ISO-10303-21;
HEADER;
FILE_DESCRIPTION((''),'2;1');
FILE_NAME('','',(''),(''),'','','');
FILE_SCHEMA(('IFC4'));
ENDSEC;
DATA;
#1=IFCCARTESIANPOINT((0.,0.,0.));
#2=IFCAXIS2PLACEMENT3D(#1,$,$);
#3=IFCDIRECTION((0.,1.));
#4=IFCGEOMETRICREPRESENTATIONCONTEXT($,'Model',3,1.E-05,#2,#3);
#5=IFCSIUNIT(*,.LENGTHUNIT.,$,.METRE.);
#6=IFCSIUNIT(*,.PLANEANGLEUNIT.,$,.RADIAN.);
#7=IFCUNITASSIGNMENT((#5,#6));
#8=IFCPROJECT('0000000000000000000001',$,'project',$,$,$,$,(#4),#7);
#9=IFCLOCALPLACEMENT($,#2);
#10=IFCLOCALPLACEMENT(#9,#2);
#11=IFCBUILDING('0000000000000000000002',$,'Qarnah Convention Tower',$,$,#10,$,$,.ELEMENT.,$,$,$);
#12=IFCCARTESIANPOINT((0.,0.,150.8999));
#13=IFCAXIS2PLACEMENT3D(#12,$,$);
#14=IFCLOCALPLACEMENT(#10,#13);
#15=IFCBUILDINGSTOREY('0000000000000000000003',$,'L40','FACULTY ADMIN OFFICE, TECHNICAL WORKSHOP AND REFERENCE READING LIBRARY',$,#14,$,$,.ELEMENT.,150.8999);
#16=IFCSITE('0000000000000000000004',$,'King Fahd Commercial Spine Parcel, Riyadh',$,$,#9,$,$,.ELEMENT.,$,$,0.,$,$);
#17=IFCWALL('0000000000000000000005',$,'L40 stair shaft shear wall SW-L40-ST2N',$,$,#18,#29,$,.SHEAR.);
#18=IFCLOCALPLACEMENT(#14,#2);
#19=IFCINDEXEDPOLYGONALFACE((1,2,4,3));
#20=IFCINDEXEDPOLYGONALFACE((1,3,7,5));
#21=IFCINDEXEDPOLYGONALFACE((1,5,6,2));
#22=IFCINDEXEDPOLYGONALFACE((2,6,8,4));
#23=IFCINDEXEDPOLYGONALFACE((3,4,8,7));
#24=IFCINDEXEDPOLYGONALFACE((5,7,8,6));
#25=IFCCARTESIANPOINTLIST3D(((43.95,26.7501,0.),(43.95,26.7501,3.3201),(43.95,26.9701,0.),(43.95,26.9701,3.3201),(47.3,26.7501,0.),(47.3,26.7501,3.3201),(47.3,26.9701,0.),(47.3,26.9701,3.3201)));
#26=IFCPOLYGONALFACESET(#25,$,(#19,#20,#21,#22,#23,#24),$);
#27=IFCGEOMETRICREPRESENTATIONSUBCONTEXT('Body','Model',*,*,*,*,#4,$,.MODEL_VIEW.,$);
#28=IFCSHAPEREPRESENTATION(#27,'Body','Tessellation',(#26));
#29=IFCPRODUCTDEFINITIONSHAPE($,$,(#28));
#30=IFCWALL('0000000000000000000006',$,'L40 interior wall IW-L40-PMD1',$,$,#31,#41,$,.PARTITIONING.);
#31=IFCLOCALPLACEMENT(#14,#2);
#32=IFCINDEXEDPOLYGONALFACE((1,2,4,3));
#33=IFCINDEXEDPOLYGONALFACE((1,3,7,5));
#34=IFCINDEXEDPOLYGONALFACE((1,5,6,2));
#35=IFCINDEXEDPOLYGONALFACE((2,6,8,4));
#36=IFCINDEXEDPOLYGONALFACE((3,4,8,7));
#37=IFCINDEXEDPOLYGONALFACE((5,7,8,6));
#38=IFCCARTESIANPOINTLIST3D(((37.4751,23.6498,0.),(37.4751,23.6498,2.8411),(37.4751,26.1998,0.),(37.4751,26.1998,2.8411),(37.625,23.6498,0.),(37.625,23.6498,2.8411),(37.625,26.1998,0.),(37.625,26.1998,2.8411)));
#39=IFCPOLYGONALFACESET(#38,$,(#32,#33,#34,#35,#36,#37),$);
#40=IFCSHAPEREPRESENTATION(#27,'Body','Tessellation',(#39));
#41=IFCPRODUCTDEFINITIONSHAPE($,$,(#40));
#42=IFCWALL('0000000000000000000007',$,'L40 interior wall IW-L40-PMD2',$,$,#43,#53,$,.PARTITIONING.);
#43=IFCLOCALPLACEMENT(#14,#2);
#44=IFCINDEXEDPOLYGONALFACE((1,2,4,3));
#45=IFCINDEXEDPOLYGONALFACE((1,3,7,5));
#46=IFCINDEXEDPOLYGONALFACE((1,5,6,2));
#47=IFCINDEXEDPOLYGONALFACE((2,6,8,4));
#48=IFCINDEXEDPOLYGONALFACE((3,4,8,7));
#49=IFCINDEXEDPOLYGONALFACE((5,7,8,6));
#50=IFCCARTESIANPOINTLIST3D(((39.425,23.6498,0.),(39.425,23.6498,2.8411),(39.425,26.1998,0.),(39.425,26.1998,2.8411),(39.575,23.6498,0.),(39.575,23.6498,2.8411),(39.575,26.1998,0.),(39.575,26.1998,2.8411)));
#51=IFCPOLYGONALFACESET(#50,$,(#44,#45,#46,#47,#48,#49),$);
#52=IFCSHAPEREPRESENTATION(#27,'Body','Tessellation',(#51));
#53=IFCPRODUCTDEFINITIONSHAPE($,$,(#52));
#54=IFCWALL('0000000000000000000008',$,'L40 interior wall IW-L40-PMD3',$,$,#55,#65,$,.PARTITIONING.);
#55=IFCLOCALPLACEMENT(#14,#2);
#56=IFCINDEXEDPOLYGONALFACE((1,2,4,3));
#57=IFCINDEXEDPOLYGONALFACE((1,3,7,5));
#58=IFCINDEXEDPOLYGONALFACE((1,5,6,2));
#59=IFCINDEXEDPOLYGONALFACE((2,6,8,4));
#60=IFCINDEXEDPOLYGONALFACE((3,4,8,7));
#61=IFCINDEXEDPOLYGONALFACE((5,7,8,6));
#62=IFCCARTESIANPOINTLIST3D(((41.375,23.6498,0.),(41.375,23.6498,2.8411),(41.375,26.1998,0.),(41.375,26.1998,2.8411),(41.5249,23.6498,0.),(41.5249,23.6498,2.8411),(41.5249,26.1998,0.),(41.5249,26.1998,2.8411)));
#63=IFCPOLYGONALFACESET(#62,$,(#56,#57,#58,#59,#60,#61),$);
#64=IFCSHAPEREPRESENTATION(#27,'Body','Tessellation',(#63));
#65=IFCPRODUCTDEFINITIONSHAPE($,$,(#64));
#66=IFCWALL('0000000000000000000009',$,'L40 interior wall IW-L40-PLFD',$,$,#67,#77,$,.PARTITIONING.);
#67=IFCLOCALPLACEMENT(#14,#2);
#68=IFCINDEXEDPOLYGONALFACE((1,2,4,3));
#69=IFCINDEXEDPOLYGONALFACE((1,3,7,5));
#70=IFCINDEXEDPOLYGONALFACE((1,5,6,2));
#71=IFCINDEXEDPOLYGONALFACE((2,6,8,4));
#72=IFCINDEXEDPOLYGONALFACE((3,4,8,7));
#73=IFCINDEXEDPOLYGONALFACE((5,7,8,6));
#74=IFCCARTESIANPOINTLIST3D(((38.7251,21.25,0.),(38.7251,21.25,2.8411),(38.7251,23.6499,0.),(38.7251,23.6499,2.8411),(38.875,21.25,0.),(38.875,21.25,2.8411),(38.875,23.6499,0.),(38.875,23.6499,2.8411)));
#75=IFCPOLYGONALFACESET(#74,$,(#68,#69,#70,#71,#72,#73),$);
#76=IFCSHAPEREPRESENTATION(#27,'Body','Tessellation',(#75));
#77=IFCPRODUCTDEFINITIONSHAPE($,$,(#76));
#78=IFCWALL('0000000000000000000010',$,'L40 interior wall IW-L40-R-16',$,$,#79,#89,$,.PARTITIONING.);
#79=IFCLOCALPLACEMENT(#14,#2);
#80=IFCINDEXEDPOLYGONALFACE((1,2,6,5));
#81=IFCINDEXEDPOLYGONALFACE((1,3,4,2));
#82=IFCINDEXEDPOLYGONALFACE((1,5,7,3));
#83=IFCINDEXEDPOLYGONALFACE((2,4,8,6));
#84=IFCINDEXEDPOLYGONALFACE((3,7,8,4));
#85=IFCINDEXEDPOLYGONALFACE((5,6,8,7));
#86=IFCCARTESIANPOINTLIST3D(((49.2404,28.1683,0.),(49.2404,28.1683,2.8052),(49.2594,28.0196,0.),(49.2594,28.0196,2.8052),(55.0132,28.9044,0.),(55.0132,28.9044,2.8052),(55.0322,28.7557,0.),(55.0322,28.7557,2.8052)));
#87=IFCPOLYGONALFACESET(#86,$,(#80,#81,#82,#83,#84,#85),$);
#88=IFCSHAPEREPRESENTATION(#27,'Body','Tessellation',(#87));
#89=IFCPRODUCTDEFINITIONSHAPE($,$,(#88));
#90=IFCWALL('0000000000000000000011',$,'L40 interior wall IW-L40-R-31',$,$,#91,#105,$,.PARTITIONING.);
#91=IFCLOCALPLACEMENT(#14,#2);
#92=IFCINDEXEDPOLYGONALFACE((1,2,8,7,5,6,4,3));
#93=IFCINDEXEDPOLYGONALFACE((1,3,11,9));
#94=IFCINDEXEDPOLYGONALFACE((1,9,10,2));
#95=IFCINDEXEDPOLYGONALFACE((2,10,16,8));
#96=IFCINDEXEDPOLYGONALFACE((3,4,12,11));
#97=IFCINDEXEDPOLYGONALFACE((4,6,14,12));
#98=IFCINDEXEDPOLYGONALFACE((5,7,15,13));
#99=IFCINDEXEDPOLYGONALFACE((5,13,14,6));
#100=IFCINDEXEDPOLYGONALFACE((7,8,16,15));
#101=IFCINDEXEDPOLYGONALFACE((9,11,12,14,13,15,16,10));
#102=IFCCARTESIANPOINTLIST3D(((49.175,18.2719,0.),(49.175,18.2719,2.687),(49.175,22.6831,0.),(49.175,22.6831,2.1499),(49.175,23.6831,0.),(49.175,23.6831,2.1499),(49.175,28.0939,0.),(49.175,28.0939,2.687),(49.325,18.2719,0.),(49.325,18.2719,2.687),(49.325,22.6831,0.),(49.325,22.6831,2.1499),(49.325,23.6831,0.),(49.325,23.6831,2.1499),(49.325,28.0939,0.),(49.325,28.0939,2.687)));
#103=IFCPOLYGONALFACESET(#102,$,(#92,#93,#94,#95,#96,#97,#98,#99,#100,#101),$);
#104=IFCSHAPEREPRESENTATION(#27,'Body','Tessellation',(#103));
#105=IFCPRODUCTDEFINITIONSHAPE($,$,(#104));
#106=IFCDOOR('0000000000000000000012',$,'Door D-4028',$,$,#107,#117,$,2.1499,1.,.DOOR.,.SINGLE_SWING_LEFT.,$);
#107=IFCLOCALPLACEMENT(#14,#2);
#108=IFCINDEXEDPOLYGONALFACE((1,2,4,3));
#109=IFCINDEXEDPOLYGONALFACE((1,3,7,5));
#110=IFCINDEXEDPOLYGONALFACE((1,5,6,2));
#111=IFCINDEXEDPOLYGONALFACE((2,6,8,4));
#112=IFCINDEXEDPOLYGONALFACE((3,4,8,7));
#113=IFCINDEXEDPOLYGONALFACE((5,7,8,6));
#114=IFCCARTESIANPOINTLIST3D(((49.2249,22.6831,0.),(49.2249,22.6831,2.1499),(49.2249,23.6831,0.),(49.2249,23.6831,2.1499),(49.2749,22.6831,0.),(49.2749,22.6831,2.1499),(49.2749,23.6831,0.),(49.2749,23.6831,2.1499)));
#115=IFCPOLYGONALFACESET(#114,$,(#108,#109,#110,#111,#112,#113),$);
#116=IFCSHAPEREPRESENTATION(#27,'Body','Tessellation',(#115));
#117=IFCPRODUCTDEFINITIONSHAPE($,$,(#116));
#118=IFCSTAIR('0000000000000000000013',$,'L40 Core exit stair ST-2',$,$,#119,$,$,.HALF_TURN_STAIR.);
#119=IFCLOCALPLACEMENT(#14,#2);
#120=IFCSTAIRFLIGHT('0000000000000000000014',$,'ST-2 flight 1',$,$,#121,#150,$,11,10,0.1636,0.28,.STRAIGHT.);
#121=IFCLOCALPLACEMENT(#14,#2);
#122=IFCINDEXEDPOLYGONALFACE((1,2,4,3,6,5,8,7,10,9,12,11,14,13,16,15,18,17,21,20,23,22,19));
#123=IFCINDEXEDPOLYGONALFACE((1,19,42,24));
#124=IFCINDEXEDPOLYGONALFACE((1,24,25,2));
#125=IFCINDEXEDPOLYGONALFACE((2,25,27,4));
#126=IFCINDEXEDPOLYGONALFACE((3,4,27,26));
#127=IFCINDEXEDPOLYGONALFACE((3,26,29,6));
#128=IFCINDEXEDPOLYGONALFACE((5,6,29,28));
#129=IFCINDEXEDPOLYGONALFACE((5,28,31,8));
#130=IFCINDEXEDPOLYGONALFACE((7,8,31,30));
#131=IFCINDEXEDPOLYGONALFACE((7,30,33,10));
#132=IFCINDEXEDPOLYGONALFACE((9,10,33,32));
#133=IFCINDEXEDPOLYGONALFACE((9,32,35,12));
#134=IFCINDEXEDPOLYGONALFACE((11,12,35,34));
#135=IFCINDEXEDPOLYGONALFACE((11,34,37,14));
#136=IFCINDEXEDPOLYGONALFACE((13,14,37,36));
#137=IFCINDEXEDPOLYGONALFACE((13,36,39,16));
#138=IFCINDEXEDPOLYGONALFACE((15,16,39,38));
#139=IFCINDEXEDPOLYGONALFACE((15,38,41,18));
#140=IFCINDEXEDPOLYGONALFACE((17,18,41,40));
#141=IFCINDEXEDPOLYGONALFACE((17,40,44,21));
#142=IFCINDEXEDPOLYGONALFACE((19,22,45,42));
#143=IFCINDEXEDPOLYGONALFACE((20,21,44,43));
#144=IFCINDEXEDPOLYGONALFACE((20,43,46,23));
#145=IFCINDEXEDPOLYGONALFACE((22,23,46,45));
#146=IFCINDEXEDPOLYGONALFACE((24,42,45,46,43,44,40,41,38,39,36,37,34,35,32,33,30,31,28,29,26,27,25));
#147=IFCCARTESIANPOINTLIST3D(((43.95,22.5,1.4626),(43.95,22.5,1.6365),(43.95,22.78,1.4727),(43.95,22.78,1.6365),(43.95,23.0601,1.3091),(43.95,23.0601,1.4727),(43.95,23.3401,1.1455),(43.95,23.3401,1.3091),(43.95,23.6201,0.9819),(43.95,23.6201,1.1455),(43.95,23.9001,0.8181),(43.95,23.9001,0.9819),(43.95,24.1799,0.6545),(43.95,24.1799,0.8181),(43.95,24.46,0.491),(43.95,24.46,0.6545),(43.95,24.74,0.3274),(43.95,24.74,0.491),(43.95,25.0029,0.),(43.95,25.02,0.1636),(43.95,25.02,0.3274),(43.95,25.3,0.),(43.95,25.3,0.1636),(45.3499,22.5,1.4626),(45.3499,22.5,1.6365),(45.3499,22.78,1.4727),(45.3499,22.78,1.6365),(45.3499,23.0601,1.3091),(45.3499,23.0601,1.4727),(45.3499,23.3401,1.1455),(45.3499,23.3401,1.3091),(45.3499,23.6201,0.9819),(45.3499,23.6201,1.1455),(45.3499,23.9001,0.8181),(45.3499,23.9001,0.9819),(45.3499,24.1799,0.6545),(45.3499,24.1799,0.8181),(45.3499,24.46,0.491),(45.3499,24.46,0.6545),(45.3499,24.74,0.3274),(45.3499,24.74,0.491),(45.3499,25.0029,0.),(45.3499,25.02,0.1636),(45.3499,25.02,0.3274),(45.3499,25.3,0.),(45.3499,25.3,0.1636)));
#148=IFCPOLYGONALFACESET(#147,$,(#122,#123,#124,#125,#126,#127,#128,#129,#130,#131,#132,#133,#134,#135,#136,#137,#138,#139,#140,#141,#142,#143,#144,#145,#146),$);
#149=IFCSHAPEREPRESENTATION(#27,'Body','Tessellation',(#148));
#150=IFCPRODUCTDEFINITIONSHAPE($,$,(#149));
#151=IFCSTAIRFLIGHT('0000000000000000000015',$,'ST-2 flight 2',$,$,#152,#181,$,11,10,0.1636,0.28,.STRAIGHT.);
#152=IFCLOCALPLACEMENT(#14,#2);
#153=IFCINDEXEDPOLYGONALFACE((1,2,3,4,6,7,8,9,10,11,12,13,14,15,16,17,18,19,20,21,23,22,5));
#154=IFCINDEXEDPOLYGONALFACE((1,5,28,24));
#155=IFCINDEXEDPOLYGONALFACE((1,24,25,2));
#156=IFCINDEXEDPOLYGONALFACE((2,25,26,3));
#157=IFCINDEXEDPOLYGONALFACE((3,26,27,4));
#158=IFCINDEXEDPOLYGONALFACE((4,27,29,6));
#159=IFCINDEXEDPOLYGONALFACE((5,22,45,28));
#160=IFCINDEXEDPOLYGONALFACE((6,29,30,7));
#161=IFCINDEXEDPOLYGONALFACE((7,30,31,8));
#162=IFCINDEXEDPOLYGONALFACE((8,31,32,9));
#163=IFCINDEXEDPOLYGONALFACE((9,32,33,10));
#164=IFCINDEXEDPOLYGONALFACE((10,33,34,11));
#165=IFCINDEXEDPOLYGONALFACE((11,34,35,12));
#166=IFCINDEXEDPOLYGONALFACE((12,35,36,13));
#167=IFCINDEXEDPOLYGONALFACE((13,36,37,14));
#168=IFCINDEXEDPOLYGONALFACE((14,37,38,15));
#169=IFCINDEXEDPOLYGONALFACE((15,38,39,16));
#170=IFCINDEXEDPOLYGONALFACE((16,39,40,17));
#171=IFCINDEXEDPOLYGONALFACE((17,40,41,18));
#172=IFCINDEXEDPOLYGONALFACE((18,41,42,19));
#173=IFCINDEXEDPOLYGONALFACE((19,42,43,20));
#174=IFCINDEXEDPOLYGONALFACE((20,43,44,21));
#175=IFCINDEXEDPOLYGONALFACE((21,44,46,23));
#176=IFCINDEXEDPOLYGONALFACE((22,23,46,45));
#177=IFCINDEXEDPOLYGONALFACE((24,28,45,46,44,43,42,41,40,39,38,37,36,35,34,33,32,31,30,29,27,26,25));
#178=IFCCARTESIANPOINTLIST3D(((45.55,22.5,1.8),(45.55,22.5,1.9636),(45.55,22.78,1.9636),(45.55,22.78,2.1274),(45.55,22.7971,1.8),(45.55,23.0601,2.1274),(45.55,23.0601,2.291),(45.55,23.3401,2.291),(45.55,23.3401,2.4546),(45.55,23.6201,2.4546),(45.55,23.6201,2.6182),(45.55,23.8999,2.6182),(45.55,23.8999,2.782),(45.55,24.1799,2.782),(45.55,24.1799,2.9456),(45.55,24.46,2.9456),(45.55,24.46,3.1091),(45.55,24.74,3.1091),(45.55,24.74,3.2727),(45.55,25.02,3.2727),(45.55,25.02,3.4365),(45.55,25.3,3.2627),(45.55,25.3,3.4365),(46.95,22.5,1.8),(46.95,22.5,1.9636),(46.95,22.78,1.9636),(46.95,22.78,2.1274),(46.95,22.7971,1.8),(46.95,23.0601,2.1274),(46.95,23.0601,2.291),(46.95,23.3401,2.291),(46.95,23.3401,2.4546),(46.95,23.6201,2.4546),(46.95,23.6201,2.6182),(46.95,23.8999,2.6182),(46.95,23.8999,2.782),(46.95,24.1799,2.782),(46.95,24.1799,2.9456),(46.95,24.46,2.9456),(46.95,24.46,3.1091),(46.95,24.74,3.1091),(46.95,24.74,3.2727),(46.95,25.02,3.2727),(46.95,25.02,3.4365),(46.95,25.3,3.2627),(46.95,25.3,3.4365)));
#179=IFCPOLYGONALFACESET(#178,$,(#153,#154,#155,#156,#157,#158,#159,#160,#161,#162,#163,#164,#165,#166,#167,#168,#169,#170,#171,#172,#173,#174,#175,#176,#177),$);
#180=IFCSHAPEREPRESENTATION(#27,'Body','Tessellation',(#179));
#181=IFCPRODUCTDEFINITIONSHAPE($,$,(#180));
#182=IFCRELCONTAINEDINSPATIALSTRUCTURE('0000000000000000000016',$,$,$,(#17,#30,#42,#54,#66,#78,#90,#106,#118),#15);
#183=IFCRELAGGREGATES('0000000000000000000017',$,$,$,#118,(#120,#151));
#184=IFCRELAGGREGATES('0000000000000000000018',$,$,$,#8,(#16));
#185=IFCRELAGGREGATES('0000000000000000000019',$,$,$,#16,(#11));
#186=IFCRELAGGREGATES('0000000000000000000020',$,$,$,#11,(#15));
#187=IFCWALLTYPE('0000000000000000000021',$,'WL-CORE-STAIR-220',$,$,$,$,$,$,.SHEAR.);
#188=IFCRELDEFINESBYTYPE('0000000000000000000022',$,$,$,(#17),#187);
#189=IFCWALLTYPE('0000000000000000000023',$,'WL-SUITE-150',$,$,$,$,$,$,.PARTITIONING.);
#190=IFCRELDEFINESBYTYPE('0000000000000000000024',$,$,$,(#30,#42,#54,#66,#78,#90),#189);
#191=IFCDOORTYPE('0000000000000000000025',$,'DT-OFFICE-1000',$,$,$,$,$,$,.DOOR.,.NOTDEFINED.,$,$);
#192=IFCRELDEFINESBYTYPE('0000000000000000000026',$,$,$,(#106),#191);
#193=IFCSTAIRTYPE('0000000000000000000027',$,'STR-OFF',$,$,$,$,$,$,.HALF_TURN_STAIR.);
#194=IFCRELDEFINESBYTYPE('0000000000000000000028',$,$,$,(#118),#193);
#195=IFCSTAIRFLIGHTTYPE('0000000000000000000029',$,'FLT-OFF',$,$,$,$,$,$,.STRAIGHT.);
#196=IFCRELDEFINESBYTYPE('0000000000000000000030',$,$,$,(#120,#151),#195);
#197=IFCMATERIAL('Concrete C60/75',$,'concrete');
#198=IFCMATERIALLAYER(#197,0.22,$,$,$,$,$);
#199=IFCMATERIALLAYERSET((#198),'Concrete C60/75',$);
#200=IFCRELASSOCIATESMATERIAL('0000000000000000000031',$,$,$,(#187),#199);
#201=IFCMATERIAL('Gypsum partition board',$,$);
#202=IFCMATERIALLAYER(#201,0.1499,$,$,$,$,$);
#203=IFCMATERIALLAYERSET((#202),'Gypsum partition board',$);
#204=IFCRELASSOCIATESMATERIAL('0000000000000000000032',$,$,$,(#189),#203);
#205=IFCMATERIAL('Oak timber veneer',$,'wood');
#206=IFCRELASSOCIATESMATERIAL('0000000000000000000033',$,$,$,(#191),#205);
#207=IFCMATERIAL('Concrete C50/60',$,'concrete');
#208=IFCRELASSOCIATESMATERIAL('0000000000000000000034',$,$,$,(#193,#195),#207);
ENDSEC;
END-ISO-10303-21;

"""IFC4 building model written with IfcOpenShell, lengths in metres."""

from ifc_helpers import new_model, si_unit, direction, frame, frame_2d, origin, place, context, subcontext, project, spatial, polyline, rectangle, outline, extrude, material, layer, layer_set, type_object, element, fill, aggregate, save


model = new_model("IFC4")

# Units and contexts
model_context = context("Model", 3, precision=1e-05, world=origin(), true_north=direction((0.0, 1.0)))
body_context = subcontext(model_context, "Body", "Model", "MODEL_VIEW")
ifc_project = project(units=[si_unit("LENGTHUNIT", "METRE"), si_unit("PLANEANGLEUNIT", "RADIAN")], contexts=[model_context])

# Site, building, storey
site_placement = place(None, origin())
site = spatial("IfcSite", under=ifc_project, at=site_placement, Name="King Fahd Commercial Spine Parcel, Riyadh", CompositionType="ELEMENT", RefElevation=0.0)
building_placement = place(site_placement, origin())
building = spatial("IfcBuilding", under=site, at=building_placement, Name="Qarnah Convention Tower", CompositionType="ELEMENT")
storey_placement = place(building_placement, frame((0.0, 0.0, 150.8999)))
storey = spatial("IfcBuildingStorey", under=building, at=storey_placement, Name="L40", Description="FACULTY ADMIN OFFICE, TECHNICAL WORKSHOP AND REFERENCE READING LIBRARY", CompositionType="ELEMENT", Elevation=150.8999)

# Shared definitions
ifc_material_1 = material(Name="Concrete C60/75", Category="concrete")

# Walls
ifc_layer_1 = layer(ifc_material_1, 0.22)
ifc_layer_set_1 = layer_set([ifc_layer_1], Name="Concrete C60/75")
wall_type_1 = type_object("IfcWallType", Name="WL-CORE-STAIR-220", PredefinedType="SHEAR", material=ifc_layer_set_1)
wall_1_placement = place(storey_placement, frame((43.95, 26.8601, 0.0), z_axis=(0.0, 0.0, 1.0), x_axis=(1.0, 0.0, 0.0)))
element("IfcWall", 1, at=wall_1_placement, inside=storey, type_object=wall_type_1, Name="L40 stair shaft shear wall SW-L40-ST2N", PredefinedType="SHEAR", context=body_context, shape_type="SweptSolid", body=[
    extrude(rectangle(XDim=3.3501, YDim=0.22, at=frame_2d((1.675, 0.0))), origin(), (0.0, 0.0, 1.0), 3.3201),
])
ifc_material_2 = material(Name="Gypsum partition board")
ifc_layer_2 = layer(ifc_material_2, 0.1499)
ifc_layer_set_2 = layer_set([ifc_layer_2], Name="Gypsum partition board")
wall_type_2 = type_object("IfcWallType", Name="WL-SUITE-150", PredefinedType="PARTITIONING", material=ifc_layer_set_2)
for number, where, z_axis, x_axis, name in (
    (2, (37.55, 23.6499, 0.0), (0.0, 0.0, 1.0), (0.0, 1.0, 0.0), "L40 interior wall IW-L40-PMD1"),
    (3, (39.5, 23.6499, 0.0), (0.0, 0.0, 1.0), (0.0, 1.0, 0.0), "L40 interior wall IW-L40-PMD2"),
    (4, (41.45, 23.6499, 0.0), (0.0, 0.0, 1.0), (0.0, 1.0, 0.0), "L40 interior wall IW-L40-PMD3"),
):
    element("IfcWall", number, at=place(storey_placement, frame(where, z_axis=z_axis, x_axis=x_axis)), inside=storey, type_object=wall_type_2, Name=name, PredefinedType="PARTITIONING", context=body_context, shape_type="SweptSolid", body=[
        extrude(rectangle(XDim=2.55, YDim=0.1499, at=frame_2d((1.2749, 0.0))), origin(), (0.0, 0.0, 1.0), 2.8411),
    ])
wall_2_placement = place(storey_placement, frame((38.8, 21.25, 0.0), z_axis=(0.0, 0.0, 1.0), x_axis=(0.0, 1.0, 0.0)))
element("IfcWall", 5, at=wall_2_placement, inside=storey, type_object=wall_type_2, Name="L40 interior wall IW-L40-PLFD", PredefinedType="PARTITIONING", context=body_context, shape_type="SweptSolid", body=[
    extrude(rectangle(XDim=2.3999, YDim=0.1499, at=frame_2d((1.2, 0.0))), origin(), (0.0, 0.0, 1.0), 2.8411),
])
wall_3_placement = place(storey_placement, frame((49.25, 28.094, 0.0), z_axis=(0.0, 0.0, 1.0), x_axis=(0.991969, 0.126482, 0.0)))
element("IfcWall", 6, at=wall_3_placement, inside=storey, type_object=wall_type_2, Name="L40 interior wall IW-L40-R-16", PredefinedType="PARTITIONING", context=body_context, shape_type="SweptSolid", body=[
    extrude(rectangle(XDim=5.8196, YDim=0.1499, at=frame_2d((2.9097, 0.0))), origin(), (0.0, 0.0, 1.0), 2.8052),
])

# Wall, opening, door
wall_4_placement = place(storey_placement, frame((49.25, 28.094, 0.0), z_axis=(0.0, 0.0, 1.0), x_axis=(0.0, -1.0, 0.0)))
wall_4 = element("IfcWall", 7, at=wall_4_placement, inside=storey, type_object=wall_type_2, Name="L40 interior wall IW-L40-R-31", PredefinedType="PARTITIONING", context=body_context, shape_type="SweptSolid", body=[
    extrude(rectangle(XDim=9.822, YDim=0.1499, at=frame_2d((4.9111, 0.0))), origin(), (0.0, 0.0, 1.0), 2.687),
])
opening_placement = place(wall_4_placement, frame((4.4109, 0.0, 0.0)))
opening = element("IfcOpeningElement", 8, at=opening_placement, cuts=wall_4, PredefinedType="OPENING", context=body_context, shape_type="SweptSolid", body=[
    extrude(rectangle(XDim=1.0, YDim=2.1499, at=frame_2d((0.5, 1.075))), frame((0.0, 0.085, 0.0), z_axis=(0.0, -1.0, 0.0), x_axis=(1.0, 0.0, 0.0)), (0.0, 0.0, 1.0), 0.1699),
])
ifc_material_3 = material(Name="Oak timber veneer", Category="wood")
door_type = type_object("IfcDoorType", Name="DT-OFFICE-1000", OperationType="NOTDEFINED", PredefinedType="DOOR", material=ifc_material_3)
door_placement = place(opening_placement, origin())
door = element("IfcDoor", 9, at=door_placement, inside=storey, type_object=door_type, Name="Door D-4028", OperationType="SINGLE_SWING_LEFT", OverallHeight=2.1499, OverallWidth=1.0, PredefinedType="DOOR", context=body_context, shape_type="SweptSolid", body=[
    extrude(rectangle(XDim=1.0, YDim=2.1499, at=frame_2d((0.5, 1.075))), frame((0.0, 0.0249, 0.0), z_axis=(0.0, -1.0, 0.0), x_axis=(1.0, 0.0, 0.0)), (0.0, 0.0, 1.0), 0.05),
])
fill(opening, door)

# Stair, stair flights
ifc_material_4 = material(Name="Concrete C50/60", Category="concrete")
stair_type = type_object("IfcStairType", Name="STR-OFF", PredefinedType="HALF_TURN_STAIR", material=ifc_material_4)
stair_placement = place(storey_placement, origin())
stair = element("IfcStair", 10, at=stair_placement, inside=storey, type_object=stair_type, Name="L40 Core exit stair ST-2", PredefinedType="HALF_TURN_STAIR")
stair_flight_type = type_object("IfcStairFlightType", Name="FLT-OFF", PredefinedType="STRAIGHT", material=ifc_material_4)
stair_flight_1_placement = place(storey_placement, frame((44.6499, 25.3, 0.0), z_axis=(0.0, 0.0, 1.0), x_axis=(0.0, -1.0, 0.0)))
stair_flight_1 = element("IfcStairFlight", 11, at=stair_flight_1_placement, type_object=stair_flight_type, Name="ST-2 flight 1", NumberOfRisers=11, NumberOfTreads=10, PredefinedType="STRAIGHT", RiserHeight=0.1636, TreadLength=0.28, context=body_context, shape_type="SweptSolid", body=[
    extrude(outline(polyline([(0.0, 0.0), (0.0, 0.1636), (0.28, 0.1636), (0.28, 0.3274), (0.5601, 0.3274), (0.5601, 0.491), (0.8401, 0.491), (0.8401, 0.6545), (1.1201, 0.6545), (1.1201, 0.8181), (1.3999, 0.8181), (1.3999, 0.9819), (1.6799, 0.9819), (1.6799, 1.1455), (1.96, 1.1455), (1.96, 1.3091), (2.24, 1.3091), (2.24, 1.4727), (2.52, 1.4727), (2.52, 1.6365), (2.8, 1.6365), (2.8, 1.8), (2.8, 1.4626), (0.2971, 0.0), (0.0, 0.0)])), frame((0.0, 0.7, 0.0), z_axis=(0.0, -1.0, 0.0), x_axis=(1.0, 0.0, 0.0)), (0.0, 0.0, 1.0), 1.3999),
])
stair_flight_2_placement = place(storey_placement, frame((46.25, 22.5, 1.8), z_axis=(0.0, 0.0, 1.0), x_axis=(0.0, 1.0, 0.0)))
stair_flight_2 = element("IfcStairFlight", 12, at=stair_flight_2_placement, type_object=stair_flight_type, Name="ST-2 flight 2", NumberOfRisers=11, NumberOfTreads=10, PredefinedType="STRAIGHT", RiserHeight=0.1636, TreadLength=0.28, context=body_context, shape_type="SweptSolid", body=[
    extrude(outline(polyline([(0.0, 0.0), (0.0, 0.1636), (0.28, 0.1636), (0.28, 0.3274), (0.5601, 0.3274), (0.5601, 0.491), (0.8401, 0.491), (0.8401, 0.6545), (1.1201, 0.6545), (1.1201, 0.8181), (1.3999, 0.8181), (1.3999, 0.9819), (1.6799, 0.9819), (1.6799, 1.1455), (1.96, 1.1455), (1.96, 1.3091), (2.24, 1.3091), (2.24, 1.4727), (2.52, 1.4727), (2.52, 1.6365), (2.8, 1.6365), (2.8, 1.8), (2.8, 1.4626), (0.2971, 0.0), (0.0, 0.0)])), frame((0.0, 0.7, 0.0), z_axis=(0.0, -1.0, 0.0), x_axis=(1.0, 0.0, 0.0)), (0.0, 0.0, 1.0), 1.3999),
])
aggregate(stair, [stair_flight_1, stair_flight_2])

save(model, "model.ifc")
